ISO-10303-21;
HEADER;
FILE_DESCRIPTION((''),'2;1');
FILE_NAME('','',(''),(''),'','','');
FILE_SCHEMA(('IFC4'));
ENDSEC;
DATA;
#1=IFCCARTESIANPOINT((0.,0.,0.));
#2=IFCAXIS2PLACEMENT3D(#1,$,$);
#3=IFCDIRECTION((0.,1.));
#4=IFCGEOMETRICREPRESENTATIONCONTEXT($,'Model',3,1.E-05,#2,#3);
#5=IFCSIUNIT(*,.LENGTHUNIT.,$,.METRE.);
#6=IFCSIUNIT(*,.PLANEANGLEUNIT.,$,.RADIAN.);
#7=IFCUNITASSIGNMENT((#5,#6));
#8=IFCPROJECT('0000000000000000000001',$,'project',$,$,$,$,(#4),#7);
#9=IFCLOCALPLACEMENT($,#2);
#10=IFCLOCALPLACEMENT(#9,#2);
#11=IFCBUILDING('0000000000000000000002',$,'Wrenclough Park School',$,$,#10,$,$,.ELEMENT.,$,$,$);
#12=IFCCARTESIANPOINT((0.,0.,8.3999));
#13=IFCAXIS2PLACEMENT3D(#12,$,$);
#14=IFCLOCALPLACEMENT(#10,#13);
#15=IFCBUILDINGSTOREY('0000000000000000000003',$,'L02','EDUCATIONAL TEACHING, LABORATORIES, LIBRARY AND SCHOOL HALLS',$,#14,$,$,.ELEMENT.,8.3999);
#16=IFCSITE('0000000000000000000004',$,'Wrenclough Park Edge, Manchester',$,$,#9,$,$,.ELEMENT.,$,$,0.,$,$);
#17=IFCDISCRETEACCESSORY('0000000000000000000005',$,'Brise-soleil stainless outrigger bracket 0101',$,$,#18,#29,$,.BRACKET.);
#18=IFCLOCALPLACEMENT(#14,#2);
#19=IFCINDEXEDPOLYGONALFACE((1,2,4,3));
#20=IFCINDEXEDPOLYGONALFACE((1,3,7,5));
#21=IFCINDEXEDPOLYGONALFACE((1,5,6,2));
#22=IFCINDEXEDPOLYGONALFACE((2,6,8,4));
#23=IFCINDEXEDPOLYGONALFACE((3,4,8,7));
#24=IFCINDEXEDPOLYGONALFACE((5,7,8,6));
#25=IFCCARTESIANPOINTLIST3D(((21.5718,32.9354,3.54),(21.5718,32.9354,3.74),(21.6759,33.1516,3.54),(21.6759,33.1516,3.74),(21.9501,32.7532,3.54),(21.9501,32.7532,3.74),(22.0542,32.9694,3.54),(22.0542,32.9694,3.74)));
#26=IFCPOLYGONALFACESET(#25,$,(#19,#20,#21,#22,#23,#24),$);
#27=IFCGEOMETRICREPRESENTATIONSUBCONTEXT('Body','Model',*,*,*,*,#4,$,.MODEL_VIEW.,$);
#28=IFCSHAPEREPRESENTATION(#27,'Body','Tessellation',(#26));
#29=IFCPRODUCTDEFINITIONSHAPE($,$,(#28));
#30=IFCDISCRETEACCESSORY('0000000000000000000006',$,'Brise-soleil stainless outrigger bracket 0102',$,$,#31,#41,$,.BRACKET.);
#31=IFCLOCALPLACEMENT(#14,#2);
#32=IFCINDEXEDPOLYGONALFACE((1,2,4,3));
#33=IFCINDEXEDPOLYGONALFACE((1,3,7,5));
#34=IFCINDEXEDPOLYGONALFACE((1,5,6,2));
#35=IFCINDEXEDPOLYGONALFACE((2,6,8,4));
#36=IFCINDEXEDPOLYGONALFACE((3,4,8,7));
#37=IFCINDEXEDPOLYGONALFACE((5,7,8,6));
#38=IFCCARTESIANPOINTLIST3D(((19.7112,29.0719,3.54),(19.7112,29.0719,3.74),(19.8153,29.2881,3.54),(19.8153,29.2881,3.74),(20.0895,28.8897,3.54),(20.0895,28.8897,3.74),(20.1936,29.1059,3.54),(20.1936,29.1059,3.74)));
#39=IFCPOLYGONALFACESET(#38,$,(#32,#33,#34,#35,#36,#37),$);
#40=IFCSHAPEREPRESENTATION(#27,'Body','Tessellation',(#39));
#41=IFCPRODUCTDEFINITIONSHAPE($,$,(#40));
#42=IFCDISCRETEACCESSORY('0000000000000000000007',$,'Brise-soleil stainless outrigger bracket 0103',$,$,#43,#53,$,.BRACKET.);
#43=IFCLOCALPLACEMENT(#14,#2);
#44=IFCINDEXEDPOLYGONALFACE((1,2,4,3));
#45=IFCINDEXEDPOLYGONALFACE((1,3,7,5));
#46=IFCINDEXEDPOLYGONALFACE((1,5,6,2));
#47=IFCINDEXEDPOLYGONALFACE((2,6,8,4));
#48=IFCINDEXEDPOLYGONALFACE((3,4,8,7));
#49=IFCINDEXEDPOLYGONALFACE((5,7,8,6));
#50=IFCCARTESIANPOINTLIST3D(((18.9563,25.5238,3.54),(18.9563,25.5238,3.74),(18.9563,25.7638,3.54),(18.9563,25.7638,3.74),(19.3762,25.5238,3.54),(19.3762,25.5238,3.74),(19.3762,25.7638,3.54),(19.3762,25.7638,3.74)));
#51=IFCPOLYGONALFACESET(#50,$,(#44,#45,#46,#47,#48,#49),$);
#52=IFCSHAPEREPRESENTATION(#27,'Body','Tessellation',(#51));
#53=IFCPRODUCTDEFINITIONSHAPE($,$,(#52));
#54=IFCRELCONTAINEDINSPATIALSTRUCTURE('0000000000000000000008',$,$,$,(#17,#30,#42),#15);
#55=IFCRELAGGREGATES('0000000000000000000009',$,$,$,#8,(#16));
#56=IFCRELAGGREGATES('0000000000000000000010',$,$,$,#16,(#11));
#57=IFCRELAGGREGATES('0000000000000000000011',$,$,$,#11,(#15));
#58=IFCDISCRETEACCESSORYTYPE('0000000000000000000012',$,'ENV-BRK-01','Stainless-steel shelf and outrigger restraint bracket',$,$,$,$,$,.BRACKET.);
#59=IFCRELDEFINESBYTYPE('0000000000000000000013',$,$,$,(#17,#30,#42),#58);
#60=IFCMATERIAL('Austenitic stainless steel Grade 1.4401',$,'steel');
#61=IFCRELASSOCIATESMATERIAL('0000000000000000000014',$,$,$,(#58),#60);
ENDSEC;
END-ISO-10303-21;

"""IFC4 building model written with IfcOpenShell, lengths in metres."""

from ifc_helpers import new_model, si_unit, direction, frame, origin, origin_2d, place, context, subcontext, project, spatial, rectangle, extrude, material, type_object, element, save


model = new_model("IFC4")

# Units and contexts
model_context = context("Model", 3, precision=1e-05, world=origin(), true_north=direction((0.0, 1.0)))
body_context = subcontext(model_context, "Body", "Model", "MODEL_VIEW")
ifc_project = project(units=[si_unit("LENGTHUNIT", "METRE"), si_unit("PLANEANGLEUNIT", "RADIAN")], contexts=[model_context])

# Site, building, storey
site_placement = place(None, origin())
site = spatial("IfcSite", under=ifc_project, at=site_placement, Name="Wrenclough Park Edge, Manchester", CompositionType="ELEMENT", RefElevation=0.0)
building_placement = place(site_placement, origin())
building = spatial("IfcBuilding", under=site, at=building_placement, Name="Wrenclough Park School", CompositionType="ELEMENT")
storey_placement = place(building_placement, frame((0.0, 0.0, 8.3999)))
storey = spatial("IfcBuildingStorey", under=building, at=storey_placement, Name="L02", Description="EDUCATIONAL TEACHING, LABORATORIES, LIBRARY AND SCHOOL HALLS", CompositionType="ELEMENT", Elevation=8.3999)

# Discrete accessories
ifc_material_1 = material(Name="Austenitic stainless steel Grade 1.4401", Category="steel")
discrete_accessory_type = type_object("IfcDiscreteAccessoryType", Name="ENV-BRK-01", Description="Stainless-steel shelf and outrigger restraint bracket", PredefinedType="BRACKET", material=ifc_material_1)
for number, where, z_axis, x_axis, name in (
    (1, (21.813, 32.9524, 3.54), (0.0, 0.0, 1.0), (-0.433872, -0.900975, 0.0), "Brise-soleil stainless outrigger bracket 0101"),
    (2, (19.9524, 29.0889, 3.54), (0.0, 0.0, 1.0), (-0.433872, -0.900975, 0.0), "Brise-soleil stainless outrigger bracket 0102"),
    (3, (19.1663, 25.6438, 3.54), (0.0, 0.0, 1.0), (0.0, -1.0, 0.0), "Brise-soleil stainless outrigger bracket 0103"),
):
    element("IfcDiscreteAccessory", number, at=place(storey_placement, frame(where, z_axis=z_axis, x_axis=x_axis)), inside=storey, type_object=discrete_accessory_type, Name=name, PredefinedType="BRACKET", context=body_context, shape_type="SweptSolid", body=[
        extrude(rectangle(XDim=0.24, YDim=0.4199, at=origin_2d()), origin(), (0.0, 0.0, 1.0), 0.2),
    ])

save(model, "model.ifc")
